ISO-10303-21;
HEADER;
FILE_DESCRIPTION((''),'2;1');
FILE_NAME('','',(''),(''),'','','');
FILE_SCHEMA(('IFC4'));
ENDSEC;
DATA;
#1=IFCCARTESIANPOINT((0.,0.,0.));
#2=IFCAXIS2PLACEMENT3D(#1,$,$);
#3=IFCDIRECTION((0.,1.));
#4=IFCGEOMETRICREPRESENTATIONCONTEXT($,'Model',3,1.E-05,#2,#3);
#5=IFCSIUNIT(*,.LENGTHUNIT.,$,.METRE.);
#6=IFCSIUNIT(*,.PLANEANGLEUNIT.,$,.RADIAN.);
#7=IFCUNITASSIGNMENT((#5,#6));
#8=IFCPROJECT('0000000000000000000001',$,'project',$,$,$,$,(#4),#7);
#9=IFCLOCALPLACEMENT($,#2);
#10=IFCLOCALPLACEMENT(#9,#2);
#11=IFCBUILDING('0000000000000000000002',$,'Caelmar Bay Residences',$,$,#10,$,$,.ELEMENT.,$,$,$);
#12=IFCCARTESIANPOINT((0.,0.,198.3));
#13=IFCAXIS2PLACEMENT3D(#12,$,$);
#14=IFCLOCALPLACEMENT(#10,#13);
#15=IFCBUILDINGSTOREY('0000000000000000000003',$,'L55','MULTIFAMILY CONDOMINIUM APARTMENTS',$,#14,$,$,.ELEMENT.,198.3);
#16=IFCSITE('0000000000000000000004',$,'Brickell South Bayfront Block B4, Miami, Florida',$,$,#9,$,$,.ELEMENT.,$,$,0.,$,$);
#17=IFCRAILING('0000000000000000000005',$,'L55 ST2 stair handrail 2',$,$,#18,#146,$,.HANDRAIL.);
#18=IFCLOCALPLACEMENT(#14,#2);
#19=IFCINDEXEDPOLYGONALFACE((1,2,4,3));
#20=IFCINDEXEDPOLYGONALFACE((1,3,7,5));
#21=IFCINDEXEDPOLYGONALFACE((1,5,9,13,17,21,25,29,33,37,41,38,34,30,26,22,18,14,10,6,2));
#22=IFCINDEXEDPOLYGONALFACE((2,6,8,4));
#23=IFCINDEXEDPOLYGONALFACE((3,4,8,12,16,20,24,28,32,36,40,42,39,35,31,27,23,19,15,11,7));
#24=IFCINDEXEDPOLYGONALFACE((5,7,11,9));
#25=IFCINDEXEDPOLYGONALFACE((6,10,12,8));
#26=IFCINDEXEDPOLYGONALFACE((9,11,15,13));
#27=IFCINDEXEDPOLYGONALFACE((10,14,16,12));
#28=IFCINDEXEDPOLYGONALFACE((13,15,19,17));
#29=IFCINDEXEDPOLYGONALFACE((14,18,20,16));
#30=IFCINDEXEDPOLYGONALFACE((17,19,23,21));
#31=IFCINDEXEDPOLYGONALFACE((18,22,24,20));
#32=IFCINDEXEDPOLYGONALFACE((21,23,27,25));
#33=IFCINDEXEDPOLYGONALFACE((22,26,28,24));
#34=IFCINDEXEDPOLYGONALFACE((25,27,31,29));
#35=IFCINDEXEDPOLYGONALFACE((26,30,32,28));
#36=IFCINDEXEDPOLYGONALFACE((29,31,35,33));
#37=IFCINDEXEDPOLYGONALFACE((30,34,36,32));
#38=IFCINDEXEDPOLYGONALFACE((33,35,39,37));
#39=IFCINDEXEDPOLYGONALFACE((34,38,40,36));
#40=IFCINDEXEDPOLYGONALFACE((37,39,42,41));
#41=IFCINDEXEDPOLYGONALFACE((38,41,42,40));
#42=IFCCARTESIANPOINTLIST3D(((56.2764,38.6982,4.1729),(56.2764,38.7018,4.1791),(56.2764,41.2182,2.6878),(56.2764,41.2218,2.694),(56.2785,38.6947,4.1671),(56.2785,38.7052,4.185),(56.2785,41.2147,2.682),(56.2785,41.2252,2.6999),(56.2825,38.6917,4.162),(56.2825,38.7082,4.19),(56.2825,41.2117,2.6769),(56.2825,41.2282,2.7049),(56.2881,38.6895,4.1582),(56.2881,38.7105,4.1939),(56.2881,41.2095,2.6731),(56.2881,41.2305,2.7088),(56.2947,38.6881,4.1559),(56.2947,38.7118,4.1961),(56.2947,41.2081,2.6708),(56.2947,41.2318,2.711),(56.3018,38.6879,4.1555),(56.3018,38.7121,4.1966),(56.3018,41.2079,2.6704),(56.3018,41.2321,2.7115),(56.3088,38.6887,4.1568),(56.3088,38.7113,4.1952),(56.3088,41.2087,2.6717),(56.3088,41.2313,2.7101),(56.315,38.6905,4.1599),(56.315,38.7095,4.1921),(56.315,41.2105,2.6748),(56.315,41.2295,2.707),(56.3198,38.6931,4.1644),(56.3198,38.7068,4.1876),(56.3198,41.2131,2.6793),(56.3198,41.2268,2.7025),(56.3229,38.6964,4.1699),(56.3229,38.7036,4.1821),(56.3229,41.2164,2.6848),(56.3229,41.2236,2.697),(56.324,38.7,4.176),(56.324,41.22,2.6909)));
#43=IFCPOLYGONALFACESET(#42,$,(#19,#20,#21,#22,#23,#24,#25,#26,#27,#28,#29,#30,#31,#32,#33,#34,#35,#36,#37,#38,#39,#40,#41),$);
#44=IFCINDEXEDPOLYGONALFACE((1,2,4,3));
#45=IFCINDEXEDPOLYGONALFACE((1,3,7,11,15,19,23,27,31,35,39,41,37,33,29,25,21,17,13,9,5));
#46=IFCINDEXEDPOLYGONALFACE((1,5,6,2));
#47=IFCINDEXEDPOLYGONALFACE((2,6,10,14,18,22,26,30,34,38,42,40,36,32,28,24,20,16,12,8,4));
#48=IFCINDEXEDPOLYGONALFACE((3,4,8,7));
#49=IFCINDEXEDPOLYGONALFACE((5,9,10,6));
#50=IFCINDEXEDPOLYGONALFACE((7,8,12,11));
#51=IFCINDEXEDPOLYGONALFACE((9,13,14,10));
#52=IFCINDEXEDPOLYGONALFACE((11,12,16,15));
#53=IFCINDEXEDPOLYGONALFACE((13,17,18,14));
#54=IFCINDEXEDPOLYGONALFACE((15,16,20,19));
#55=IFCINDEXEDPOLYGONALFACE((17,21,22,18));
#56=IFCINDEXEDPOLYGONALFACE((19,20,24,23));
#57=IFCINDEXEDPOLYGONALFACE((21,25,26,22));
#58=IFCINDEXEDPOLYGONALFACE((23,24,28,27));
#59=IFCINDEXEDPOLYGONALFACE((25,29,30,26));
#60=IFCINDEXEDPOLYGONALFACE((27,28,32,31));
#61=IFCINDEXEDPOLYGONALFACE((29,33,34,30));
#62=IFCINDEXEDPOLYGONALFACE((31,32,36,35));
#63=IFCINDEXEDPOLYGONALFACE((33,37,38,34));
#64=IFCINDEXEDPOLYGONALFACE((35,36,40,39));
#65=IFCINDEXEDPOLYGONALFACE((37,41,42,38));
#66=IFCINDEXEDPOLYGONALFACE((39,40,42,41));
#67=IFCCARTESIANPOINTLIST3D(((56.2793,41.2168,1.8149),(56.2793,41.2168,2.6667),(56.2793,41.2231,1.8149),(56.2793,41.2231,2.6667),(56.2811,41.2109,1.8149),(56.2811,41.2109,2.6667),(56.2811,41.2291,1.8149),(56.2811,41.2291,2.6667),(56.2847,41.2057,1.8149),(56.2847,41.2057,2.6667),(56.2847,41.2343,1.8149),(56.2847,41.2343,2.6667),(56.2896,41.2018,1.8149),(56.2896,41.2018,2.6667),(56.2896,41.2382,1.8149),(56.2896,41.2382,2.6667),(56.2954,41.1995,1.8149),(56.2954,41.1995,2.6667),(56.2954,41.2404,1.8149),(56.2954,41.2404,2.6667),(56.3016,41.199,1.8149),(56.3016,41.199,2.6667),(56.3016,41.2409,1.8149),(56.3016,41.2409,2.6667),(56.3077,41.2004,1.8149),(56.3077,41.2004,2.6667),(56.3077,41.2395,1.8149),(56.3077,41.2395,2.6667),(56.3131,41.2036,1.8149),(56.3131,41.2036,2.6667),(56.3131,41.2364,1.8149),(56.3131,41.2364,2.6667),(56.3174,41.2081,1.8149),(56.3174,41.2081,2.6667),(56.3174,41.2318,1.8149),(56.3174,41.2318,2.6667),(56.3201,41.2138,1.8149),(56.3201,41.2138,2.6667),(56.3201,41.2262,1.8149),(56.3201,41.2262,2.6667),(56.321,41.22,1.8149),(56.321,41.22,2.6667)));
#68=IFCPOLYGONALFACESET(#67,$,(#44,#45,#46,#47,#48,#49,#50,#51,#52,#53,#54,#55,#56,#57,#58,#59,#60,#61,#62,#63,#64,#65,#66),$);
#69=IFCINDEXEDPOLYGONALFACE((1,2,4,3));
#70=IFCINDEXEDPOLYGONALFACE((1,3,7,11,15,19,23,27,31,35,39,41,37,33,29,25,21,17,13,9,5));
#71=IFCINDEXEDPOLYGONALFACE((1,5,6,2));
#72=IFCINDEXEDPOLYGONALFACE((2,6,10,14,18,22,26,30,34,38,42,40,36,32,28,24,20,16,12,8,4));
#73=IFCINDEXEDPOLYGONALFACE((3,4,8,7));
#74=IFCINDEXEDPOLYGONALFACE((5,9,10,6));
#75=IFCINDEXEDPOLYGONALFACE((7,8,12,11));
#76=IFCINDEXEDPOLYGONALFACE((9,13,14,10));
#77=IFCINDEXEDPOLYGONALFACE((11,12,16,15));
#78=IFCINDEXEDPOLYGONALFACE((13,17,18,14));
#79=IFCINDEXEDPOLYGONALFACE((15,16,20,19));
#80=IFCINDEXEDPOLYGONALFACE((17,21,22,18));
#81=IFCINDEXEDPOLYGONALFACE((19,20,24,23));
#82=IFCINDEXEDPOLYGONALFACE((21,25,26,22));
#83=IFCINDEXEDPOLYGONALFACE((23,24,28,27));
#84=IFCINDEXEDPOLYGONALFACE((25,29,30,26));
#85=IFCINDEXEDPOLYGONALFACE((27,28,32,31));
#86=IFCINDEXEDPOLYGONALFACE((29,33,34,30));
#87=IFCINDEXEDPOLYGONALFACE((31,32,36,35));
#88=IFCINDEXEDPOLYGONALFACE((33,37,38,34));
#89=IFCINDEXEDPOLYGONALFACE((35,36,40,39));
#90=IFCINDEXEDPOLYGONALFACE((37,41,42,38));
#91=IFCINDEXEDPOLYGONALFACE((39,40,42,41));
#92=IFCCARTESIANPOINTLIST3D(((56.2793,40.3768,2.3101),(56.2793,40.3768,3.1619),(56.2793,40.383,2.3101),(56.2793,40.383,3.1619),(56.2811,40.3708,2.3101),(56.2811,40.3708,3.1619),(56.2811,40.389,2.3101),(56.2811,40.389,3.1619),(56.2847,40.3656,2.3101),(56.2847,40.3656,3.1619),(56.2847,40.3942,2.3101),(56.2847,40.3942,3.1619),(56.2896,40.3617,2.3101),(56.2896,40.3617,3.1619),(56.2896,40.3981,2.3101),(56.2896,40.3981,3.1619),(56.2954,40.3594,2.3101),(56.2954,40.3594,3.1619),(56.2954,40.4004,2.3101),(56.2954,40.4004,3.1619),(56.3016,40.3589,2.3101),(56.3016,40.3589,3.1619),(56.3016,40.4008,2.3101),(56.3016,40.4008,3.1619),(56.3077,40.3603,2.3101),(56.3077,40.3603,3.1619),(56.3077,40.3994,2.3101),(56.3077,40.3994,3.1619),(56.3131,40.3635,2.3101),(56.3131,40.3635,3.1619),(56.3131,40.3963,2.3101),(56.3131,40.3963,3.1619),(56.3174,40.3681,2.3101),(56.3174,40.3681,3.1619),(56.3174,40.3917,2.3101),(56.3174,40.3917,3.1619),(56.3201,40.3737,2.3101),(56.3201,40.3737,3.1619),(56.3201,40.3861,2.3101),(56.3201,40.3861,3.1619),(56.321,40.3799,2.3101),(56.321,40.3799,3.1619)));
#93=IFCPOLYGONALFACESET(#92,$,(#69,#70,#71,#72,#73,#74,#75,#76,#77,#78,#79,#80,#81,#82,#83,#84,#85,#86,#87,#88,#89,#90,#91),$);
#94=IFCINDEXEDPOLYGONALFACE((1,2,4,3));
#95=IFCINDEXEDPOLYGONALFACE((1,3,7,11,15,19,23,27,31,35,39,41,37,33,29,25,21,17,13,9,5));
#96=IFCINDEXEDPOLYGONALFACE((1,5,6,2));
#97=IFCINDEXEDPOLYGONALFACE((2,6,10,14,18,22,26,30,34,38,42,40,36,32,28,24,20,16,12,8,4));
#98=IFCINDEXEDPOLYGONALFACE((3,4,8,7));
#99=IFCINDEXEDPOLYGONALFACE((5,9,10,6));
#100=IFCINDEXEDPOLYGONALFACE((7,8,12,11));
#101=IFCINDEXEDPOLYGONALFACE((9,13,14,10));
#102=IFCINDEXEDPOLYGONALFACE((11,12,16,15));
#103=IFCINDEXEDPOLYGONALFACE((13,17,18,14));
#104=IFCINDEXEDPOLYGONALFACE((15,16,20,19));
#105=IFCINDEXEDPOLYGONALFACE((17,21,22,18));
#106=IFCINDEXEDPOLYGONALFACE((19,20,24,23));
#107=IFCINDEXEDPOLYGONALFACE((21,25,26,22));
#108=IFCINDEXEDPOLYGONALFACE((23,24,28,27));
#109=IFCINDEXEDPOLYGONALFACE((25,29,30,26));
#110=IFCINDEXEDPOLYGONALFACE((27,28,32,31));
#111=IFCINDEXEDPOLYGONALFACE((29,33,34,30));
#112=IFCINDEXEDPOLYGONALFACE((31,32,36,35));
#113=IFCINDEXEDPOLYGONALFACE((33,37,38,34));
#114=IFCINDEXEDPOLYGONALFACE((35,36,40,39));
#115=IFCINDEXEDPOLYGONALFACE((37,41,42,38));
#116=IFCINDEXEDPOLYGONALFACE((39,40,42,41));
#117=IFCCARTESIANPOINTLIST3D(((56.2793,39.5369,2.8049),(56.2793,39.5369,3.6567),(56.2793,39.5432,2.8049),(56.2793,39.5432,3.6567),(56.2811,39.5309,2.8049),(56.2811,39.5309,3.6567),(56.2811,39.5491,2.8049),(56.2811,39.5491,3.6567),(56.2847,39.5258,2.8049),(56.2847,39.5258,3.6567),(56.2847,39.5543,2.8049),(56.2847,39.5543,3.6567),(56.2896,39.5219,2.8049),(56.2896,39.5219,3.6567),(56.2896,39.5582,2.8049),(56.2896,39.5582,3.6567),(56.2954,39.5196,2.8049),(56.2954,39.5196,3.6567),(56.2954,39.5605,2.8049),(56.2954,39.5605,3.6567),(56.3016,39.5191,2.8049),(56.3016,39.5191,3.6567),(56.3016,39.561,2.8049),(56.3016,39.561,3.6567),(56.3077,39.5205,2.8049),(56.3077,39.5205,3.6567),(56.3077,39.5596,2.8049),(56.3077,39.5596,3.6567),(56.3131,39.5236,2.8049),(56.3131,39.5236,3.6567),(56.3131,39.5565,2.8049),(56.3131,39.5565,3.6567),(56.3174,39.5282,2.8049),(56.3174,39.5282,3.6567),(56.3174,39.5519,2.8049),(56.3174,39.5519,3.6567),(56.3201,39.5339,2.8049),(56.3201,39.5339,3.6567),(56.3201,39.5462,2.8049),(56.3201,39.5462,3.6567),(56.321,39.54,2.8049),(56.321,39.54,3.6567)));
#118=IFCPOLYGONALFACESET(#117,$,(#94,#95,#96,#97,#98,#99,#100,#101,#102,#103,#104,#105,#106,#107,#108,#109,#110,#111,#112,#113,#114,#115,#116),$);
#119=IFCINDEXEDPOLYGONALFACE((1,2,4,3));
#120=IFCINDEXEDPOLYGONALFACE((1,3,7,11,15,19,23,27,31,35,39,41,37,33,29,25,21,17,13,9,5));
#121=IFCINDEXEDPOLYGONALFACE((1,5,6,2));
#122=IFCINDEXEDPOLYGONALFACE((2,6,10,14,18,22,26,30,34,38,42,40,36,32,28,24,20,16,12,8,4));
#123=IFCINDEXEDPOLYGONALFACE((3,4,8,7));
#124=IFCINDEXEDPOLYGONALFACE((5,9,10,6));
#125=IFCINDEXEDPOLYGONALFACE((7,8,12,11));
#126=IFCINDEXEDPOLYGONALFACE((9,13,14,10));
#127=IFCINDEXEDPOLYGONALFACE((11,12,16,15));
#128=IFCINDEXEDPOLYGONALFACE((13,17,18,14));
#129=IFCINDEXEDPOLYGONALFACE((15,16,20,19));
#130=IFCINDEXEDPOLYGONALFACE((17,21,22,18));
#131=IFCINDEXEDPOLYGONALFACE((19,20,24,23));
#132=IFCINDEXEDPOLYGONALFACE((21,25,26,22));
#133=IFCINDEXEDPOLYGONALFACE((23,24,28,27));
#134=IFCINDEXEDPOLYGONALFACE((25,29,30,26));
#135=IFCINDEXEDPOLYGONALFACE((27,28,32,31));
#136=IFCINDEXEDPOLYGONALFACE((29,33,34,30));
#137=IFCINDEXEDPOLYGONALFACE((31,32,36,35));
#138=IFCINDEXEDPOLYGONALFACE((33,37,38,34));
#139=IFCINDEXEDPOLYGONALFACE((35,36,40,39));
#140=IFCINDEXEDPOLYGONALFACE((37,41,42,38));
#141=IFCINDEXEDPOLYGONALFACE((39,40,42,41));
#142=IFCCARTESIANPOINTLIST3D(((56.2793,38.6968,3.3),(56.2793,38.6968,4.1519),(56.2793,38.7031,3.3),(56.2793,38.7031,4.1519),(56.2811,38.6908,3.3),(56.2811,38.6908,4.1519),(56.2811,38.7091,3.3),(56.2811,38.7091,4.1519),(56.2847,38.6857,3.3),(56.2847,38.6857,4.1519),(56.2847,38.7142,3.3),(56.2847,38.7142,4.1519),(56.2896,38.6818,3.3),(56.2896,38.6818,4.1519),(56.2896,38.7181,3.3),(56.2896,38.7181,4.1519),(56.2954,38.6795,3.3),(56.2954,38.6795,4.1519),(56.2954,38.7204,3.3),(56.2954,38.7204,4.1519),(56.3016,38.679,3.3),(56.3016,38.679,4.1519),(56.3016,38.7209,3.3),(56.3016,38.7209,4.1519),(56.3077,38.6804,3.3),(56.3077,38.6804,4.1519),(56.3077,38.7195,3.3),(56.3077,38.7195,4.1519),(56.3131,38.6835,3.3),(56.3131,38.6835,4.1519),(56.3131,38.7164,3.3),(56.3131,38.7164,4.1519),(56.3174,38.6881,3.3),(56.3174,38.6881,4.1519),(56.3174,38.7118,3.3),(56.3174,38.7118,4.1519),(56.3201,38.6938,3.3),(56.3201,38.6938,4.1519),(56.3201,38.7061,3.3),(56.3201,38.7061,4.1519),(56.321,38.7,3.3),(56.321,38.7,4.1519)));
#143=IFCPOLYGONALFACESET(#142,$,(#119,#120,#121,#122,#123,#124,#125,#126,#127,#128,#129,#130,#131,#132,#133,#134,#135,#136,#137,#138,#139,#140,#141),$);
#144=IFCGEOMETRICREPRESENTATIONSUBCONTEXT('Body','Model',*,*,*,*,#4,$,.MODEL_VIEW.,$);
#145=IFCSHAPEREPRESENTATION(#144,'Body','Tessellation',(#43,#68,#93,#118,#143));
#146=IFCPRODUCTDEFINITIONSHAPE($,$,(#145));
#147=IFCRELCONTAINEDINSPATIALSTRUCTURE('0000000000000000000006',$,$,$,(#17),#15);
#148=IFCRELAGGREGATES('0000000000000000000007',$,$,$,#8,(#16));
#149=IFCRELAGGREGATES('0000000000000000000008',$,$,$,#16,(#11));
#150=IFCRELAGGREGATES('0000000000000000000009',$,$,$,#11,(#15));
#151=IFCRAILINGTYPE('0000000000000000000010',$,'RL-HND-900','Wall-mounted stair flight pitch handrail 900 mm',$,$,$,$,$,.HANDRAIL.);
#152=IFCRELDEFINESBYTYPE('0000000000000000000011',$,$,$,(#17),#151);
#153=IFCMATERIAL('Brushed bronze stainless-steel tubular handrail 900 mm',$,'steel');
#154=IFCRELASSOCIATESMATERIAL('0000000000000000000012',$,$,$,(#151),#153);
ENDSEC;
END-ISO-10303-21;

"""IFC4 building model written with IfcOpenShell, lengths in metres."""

from ifc_helpers import new_model, si_unit, direction, frame, origin, origin_2d, place, context, subcontext, project, spatial, circle, extrude, material, type_object, element, save


model = new_model("IFC4")

# Units and contexts
model_context = context("Model", 3, precision=1e-05, world=origin(), true_north=direction((0.0, 1.0)))
body_context = subcontext(model_context, "Body", "Model", "MODEL_VIEW")
ifc_project = project(units=[si_unit("LENGTHUNIT", "METRE"), si_unit("PLANEANGLEUNIT", "RADIAN")], contexts=[model_context])

# Site, building, storey
site_placement = place(None, origin())
site = spatial("IfcSite", under=ifc_project, at=site_placement, Name="Brickell South Bayfront Block B4, Miami, Florida", CompositionType="ELEMENT", RefElevation=0.0)
building_placement = place(site_placement, origin())
building = spatial("IfcBuilding", under=site, at=building_placement, Name="Caelmar Bay Residences", CompositionType="ELEMENT")
storey_placement = place(building_placement, frame((0.0, 0.0, 198.3)))
storey = spatial("IfcBuildingStorey", under=building, at=storey_placement, Name="L55", Description="MULTIFAMILY CONDOMINIUM APARTMENTS", CompositionType="ELEMENT", Elevation=198.3)

# Railing
ifc_material_1 = material(Name="Brushed bronze stainless-steel tubular handrail 900 mm", Category="steel")
railing_type_1 = type_object("IfcRailingType", Name="RL-HND-900", Description="Wall-mounted stair flight pitch handrail 900 mm", PredefinedType="HANDRAIL", material=ifc_material_1)
railing_1_placement = place(storey_placement, frame((56.3, 41.22, 1.8149)))
element("IfcRailing", 1, at=railing_1_placement, inside=storey, type_object=railing_type_1, Name="L55 ST2 stair handrail 2", PredefinedType="HANDRAIL", context=body_context, shape_type="SweptSolid", body=[
    extrude(circle(Radius=0.0239, at=origin_2d()), frame((0.0, 0.0, 0.876), z_axis=(0.0, -0.861524, 0.507717), x_axis=(1.0, 0.0, 0.0)), (0.0, 0.0, 1.0), 2.925),
    extrude(circle(Radius=0.021, at=origin_2d()), origin(), (0.0, 0.0, 1.0), 0.8518),
    extrude(circle(Radius=0.021, at=origin_2d()), frame((0.0, -0.8401, 0.4951)), (0.0, 0.0, 1.0), 0.8518),
    extrude(circle(Radius=0.021, at=origin_2d()), frame((0.0, -1.6799, 0.99)), (0.0, 0.0, 1.0), 0.8518),
    extrude(circle(Radius=0.021, at=origin_2d()), frame((0.0, -2.52, 1.4851)), (0.0, 0.0, 1.0), 0.8518),
])

save(model, "model.ifc")
